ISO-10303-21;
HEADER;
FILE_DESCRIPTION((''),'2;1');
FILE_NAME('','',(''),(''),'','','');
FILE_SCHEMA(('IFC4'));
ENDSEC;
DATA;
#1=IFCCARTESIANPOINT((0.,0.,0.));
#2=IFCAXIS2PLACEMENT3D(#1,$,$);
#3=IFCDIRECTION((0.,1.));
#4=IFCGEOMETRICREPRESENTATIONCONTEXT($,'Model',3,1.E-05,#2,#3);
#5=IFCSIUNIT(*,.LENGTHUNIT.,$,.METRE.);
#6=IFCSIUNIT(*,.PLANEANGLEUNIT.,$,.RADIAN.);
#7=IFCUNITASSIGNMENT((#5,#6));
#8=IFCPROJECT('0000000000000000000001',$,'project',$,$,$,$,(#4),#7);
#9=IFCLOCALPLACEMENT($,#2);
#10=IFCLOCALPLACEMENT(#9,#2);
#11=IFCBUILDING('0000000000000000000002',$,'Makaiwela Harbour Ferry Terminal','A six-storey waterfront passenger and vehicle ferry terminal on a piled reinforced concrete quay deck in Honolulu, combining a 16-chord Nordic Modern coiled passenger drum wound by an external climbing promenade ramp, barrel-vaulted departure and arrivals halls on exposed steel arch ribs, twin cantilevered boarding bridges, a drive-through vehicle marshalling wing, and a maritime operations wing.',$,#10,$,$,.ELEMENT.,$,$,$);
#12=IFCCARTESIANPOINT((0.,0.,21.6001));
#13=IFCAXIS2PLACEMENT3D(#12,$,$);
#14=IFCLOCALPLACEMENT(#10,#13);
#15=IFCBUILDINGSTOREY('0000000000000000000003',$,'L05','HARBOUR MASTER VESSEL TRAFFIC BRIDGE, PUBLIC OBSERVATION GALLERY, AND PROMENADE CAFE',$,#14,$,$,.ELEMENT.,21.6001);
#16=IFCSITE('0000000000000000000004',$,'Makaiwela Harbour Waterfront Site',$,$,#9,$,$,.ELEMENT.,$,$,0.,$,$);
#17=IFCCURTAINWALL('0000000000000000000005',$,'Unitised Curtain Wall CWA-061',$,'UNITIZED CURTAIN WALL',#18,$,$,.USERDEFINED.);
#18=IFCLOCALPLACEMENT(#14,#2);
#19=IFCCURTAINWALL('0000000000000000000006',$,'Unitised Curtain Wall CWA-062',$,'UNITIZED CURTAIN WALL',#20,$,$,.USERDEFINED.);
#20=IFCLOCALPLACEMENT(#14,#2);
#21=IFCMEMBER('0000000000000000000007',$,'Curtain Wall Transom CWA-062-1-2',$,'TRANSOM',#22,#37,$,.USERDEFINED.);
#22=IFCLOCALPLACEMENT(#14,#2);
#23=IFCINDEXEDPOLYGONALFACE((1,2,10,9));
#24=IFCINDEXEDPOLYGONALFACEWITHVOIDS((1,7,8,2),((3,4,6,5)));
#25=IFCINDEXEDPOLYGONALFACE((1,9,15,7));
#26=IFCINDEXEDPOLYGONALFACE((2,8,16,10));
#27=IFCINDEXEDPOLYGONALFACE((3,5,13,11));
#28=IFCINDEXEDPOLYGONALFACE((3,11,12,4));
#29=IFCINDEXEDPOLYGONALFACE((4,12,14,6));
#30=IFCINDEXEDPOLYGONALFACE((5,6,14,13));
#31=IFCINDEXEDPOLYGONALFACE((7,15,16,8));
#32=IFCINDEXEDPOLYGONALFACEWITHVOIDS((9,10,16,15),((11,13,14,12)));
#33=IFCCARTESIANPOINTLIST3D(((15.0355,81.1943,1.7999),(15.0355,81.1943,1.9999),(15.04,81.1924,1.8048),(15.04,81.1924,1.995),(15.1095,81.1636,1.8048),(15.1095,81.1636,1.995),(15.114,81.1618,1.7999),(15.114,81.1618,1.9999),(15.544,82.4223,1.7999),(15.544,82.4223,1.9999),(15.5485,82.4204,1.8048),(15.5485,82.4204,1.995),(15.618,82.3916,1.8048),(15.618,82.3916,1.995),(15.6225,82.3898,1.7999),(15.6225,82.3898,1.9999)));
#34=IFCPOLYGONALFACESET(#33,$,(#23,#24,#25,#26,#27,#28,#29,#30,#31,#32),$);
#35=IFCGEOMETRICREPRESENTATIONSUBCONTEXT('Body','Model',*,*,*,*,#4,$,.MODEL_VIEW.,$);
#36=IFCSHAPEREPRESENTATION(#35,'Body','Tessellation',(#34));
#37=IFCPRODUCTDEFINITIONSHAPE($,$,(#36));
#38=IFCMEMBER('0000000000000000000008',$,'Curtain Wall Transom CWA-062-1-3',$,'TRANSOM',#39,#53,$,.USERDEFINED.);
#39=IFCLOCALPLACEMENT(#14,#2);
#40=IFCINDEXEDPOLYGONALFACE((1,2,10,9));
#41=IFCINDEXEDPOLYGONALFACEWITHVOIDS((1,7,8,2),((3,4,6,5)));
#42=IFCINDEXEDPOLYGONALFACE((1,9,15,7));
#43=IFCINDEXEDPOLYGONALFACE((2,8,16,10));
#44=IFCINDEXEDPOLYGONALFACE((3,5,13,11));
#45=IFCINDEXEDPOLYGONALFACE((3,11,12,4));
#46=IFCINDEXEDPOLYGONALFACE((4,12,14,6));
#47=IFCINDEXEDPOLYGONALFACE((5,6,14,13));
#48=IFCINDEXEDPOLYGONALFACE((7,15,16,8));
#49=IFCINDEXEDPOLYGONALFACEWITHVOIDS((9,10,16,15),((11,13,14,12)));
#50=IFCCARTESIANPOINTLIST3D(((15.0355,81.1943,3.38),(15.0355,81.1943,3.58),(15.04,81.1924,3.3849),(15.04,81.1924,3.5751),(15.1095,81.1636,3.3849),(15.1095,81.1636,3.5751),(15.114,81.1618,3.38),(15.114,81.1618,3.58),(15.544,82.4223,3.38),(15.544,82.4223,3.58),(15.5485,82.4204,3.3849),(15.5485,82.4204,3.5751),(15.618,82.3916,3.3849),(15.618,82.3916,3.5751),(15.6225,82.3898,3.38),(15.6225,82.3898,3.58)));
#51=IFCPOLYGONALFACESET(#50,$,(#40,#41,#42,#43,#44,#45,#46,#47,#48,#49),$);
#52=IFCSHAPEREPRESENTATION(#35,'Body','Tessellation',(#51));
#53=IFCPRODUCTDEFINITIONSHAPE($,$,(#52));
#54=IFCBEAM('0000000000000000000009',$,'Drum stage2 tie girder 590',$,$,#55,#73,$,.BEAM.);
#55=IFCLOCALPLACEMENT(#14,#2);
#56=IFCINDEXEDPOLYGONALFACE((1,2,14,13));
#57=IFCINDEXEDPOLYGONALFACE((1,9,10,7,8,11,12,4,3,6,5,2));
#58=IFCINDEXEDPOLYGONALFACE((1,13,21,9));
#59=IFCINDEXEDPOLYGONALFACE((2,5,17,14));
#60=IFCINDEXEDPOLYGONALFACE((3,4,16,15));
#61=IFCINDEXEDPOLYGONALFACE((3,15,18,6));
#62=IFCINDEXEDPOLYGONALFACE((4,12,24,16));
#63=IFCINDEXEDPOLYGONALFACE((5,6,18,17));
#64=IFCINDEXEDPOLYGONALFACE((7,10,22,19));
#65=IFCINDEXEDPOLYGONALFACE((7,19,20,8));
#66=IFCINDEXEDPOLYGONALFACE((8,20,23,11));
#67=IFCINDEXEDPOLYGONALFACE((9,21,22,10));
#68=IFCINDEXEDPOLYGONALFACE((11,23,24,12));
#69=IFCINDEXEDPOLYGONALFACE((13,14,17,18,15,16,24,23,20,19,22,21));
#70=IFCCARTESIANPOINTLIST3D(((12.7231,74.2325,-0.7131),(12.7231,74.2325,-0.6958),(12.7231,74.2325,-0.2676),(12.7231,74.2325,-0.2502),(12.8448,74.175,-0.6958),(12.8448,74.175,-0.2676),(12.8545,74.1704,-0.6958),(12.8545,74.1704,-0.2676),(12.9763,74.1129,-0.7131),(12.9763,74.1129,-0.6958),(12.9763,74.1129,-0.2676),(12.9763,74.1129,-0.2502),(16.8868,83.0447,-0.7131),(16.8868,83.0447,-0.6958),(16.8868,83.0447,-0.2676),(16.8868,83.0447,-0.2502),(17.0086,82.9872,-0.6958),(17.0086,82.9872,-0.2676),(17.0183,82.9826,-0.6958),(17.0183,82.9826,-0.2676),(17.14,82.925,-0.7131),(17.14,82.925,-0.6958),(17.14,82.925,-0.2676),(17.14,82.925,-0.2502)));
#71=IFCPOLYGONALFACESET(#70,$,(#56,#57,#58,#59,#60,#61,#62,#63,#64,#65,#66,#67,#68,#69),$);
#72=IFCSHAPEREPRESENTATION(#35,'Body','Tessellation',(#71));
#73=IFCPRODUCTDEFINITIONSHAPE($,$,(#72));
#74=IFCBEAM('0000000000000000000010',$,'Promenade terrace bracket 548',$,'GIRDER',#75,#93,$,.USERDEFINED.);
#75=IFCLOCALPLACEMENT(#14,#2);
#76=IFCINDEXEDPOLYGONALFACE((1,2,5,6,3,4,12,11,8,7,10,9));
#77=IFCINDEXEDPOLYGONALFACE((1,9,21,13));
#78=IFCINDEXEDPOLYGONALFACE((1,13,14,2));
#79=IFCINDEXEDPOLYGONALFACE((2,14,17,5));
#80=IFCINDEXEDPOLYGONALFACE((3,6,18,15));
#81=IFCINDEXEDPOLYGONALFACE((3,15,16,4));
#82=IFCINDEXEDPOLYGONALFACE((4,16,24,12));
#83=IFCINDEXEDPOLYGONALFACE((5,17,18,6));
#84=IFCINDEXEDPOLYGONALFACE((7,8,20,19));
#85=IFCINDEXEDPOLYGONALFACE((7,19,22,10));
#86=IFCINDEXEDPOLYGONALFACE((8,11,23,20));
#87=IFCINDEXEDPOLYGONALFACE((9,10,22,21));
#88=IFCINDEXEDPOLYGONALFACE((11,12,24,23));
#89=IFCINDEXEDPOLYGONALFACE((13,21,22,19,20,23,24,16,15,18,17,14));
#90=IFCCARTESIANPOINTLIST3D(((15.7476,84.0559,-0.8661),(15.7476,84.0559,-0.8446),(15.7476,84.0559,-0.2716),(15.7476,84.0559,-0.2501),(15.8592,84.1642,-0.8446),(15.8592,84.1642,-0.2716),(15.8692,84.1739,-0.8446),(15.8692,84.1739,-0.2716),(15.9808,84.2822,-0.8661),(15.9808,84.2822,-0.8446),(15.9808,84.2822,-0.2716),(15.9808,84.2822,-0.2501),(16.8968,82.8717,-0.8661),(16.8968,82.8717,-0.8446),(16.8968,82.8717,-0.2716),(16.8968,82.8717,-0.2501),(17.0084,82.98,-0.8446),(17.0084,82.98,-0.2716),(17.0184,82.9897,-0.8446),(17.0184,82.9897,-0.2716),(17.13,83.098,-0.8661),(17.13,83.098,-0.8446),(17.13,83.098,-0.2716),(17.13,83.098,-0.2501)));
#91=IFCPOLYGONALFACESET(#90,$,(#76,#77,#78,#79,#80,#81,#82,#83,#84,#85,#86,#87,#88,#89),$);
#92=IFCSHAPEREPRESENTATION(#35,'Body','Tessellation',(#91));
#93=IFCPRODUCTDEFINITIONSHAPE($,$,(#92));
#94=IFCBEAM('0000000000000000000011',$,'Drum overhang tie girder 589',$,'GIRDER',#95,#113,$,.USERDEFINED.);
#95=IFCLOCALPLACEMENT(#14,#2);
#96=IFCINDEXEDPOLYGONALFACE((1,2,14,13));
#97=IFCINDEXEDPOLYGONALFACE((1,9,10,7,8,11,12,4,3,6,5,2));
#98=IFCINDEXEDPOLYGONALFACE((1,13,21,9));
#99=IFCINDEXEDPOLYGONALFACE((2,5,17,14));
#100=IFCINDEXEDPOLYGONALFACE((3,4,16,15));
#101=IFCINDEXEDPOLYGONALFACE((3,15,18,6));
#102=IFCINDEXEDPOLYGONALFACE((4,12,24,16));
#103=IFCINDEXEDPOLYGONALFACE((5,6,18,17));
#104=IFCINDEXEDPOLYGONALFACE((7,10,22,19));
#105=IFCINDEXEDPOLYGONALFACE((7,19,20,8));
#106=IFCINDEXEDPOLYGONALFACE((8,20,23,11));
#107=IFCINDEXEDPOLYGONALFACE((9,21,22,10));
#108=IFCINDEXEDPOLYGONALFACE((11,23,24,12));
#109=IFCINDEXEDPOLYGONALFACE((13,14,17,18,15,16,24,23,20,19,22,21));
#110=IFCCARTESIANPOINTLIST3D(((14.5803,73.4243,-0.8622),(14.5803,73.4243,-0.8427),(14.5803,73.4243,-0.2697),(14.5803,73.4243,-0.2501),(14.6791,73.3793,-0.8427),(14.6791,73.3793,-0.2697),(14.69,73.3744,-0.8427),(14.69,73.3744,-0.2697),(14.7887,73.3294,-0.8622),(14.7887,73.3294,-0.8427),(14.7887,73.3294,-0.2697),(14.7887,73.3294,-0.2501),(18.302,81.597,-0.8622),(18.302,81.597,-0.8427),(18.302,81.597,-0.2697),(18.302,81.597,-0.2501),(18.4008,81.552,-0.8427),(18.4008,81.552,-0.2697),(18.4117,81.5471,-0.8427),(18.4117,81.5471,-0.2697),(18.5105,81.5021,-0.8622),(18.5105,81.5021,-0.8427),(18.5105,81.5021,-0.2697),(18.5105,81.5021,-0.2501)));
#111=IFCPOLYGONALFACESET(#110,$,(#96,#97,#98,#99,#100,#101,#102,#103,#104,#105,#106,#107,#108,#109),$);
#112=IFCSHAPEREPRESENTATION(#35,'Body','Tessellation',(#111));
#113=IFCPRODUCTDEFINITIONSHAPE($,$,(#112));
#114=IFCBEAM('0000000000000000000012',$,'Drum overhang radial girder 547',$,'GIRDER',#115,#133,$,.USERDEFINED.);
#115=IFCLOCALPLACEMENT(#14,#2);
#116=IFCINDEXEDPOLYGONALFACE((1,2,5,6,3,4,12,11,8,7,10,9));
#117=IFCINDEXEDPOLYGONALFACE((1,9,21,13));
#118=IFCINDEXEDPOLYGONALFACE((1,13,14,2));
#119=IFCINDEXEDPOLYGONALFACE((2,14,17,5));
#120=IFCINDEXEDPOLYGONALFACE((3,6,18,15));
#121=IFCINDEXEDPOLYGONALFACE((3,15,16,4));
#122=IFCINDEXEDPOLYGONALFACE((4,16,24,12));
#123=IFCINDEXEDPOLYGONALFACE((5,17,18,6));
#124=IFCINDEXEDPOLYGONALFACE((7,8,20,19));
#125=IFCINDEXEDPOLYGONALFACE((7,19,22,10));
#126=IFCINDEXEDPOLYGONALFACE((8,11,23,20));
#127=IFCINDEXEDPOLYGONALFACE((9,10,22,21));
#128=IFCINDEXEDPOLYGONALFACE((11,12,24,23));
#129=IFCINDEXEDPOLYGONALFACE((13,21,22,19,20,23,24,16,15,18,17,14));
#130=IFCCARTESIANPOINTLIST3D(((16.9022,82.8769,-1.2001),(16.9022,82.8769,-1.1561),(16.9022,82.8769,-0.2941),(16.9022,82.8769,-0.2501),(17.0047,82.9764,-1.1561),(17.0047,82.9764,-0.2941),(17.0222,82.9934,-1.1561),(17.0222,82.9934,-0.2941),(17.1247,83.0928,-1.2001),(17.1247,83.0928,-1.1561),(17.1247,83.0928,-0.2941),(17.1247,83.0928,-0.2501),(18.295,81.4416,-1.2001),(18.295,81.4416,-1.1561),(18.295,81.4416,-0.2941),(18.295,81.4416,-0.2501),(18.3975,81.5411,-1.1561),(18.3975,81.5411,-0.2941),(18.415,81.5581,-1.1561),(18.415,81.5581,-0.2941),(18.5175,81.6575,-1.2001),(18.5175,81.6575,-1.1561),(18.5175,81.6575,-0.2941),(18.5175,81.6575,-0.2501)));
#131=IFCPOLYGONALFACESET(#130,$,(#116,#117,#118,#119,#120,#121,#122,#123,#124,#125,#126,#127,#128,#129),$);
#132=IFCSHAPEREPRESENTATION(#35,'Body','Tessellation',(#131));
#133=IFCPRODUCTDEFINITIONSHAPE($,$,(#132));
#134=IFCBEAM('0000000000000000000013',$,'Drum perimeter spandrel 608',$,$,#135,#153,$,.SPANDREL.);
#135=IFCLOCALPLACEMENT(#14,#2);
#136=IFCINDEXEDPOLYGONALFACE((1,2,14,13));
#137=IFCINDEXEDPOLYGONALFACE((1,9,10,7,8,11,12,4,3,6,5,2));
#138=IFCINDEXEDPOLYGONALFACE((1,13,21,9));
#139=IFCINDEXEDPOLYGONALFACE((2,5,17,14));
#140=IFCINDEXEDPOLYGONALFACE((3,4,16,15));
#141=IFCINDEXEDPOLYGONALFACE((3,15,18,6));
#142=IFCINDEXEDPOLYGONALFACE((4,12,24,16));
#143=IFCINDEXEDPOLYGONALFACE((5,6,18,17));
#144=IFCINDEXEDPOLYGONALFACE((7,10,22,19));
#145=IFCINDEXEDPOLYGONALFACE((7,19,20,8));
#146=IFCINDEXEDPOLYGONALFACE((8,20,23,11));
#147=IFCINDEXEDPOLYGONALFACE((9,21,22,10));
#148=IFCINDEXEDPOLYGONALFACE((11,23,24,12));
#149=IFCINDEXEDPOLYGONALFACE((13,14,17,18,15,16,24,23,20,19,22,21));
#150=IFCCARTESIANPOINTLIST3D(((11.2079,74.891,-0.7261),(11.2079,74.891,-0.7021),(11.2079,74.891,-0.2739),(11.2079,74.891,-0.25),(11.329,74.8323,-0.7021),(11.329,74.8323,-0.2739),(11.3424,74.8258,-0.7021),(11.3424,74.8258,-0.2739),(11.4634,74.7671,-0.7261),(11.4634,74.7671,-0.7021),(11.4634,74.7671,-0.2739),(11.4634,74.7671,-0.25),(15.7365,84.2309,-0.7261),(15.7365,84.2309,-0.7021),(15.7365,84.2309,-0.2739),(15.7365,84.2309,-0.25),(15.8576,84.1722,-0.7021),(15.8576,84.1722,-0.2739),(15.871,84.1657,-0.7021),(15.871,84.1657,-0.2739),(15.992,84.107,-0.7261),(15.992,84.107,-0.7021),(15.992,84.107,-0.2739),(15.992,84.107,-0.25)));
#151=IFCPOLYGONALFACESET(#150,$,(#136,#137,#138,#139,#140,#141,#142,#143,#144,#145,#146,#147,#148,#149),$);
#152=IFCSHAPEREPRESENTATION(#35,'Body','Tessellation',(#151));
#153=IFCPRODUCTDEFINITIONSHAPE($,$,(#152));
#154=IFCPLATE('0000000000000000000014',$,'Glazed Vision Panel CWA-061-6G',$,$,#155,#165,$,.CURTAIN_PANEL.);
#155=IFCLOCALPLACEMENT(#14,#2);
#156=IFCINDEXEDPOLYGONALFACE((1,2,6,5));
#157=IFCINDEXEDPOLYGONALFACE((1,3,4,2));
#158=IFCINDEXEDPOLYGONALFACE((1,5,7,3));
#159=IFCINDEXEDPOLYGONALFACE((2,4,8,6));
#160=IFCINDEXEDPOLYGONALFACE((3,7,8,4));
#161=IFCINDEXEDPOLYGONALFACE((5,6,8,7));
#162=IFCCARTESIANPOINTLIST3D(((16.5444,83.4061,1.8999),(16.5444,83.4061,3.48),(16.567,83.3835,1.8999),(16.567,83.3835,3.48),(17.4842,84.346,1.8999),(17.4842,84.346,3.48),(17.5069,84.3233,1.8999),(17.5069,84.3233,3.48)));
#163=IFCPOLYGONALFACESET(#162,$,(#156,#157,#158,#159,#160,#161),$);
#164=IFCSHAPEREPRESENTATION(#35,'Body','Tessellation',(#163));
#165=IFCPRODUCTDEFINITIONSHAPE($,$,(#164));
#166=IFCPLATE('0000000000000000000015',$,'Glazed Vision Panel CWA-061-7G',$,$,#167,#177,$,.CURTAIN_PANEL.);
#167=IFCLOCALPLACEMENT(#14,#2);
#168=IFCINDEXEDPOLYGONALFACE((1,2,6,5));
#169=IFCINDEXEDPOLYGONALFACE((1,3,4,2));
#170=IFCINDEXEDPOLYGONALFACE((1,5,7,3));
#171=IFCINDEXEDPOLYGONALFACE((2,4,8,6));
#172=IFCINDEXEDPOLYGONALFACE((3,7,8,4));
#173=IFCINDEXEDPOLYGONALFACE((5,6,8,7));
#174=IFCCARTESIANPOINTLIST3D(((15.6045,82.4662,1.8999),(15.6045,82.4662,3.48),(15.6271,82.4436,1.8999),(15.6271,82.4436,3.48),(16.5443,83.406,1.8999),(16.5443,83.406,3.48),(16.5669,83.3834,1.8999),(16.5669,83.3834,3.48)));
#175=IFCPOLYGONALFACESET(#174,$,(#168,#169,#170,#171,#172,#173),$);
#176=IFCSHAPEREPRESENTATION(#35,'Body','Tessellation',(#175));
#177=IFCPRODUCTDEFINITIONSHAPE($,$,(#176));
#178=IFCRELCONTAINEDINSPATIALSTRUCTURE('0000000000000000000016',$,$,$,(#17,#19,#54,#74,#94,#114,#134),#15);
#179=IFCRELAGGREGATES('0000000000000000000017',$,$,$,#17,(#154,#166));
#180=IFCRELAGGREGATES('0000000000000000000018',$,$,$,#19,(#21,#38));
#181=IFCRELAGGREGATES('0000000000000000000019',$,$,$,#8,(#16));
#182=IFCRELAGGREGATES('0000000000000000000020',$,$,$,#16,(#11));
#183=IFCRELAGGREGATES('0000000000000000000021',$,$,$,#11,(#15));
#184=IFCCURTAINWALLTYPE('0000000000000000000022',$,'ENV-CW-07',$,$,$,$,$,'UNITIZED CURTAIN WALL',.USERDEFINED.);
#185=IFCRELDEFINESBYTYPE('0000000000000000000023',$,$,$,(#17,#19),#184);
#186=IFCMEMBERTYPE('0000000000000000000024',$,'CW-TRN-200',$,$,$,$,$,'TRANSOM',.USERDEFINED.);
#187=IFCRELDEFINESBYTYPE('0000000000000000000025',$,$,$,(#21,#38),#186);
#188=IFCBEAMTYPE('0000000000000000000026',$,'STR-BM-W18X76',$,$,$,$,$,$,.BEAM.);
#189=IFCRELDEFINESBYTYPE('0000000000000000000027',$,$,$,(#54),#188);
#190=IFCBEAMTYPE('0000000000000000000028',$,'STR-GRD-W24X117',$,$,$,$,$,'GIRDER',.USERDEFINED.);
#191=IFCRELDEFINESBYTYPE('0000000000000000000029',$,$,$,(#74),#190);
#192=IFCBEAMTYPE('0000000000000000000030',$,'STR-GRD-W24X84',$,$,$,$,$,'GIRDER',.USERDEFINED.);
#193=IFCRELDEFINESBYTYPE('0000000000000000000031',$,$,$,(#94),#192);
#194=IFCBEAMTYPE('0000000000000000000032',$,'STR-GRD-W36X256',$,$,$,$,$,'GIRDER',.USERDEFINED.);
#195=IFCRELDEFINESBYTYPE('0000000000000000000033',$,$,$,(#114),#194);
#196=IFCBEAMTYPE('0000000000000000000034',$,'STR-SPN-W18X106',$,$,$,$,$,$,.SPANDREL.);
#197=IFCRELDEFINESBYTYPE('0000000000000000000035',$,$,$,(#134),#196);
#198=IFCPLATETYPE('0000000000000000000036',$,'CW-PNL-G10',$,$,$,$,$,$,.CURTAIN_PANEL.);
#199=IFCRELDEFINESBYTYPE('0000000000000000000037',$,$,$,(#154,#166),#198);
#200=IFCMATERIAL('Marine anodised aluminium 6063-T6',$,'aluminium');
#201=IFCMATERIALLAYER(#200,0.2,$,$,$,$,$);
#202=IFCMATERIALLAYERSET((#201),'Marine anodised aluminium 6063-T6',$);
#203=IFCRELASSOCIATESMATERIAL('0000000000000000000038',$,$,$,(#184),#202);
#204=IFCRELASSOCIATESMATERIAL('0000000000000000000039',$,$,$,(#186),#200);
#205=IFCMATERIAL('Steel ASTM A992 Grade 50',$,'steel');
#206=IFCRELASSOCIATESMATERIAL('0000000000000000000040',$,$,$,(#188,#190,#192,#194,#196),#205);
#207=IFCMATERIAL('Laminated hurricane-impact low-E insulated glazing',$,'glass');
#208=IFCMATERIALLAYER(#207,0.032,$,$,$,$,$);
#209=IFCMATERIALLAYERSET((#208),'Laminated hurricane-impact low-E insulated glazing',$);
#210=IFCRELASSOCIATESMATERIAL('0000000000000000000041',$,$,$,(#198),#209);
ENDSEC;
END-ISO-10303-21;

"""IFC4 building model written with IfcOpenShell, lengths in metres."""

from ifc_helpers import new_model, si_unit, direction, frame, origin, origin_2d, place, context, subcontext, project, spatial, rectangle, hollow_rectangle, i_section, extrude, material, layer, layer_set, material_profile, profile_set, type_object, element, aggregate, save


model = new_model("IFC4")

# Units and contexts
model_context = context("Model", 3, precision=1e-05, world=origin(), true_north=direction((0.0, 1.0)))
body_context = subcontext(model_context, "Body", "Model", "MODEL_VIEW")
ifc_project = project(units=[si_unit("LENGTHUNIT", "METRE"), si_unit("PLANEANGLEUNIT", "RADIAN")], contexts=[model_context])

# Site, building, storey
site_placement = place(None, origin())
site = spatial("IfcSite", under=ifc_project, at=site_placement, Name="Makaiwela Harbour Waterfront Site", CompositionType="ELEMENT", RefElevation=0.0)
building_placement = place(site_placement, origin())
building = spatial("IfcBuilding", under=site, at=building_placement, Name="Makaiwela Harbour Ferry Terminal", Description="A six-storey waterfront passenger and vehicle ferry terminal on a piled reinforced concrete quay deck in Honolulu, combining a 16-chord Nordic Modern coiled passenger drum wound by an external climbing promenade ramp, barrel-vaulted departure and arrivals halls on exposed steel arch ribs, twin cantilevered boarding bridges, a drive-through vehicle marshalling wing, and a maritime operations wing.", CompositionType="ELEMENT")
storey_placement = place(building_placement, frame((0.0, 0.0, 21.6001)))
storey = spatial("IfcBuildingStorey", under=building, at=storey_placement, Name="L05", Description="HARBOUR MASTER VESSEL TRAFFIC BRIDGE, PUBLIC OBSERVATION GALLERY, AND PROMENADE CAFE", CompositionType="ELEMENT", Elevation=21.6001)

# Curtain wall
ifc_material_1 = material(Name="Marine anodised aluminium 6063-T6", Category="aluminium")
ifc_layer_1 = layer(ifc_material_1, 0.2)
ifc_layer_set_1 = layer_set([ifc_layer_1], Name="Marine anodised aluminium 6063-T6")
curtain_wall_type = type_object("IfcCurtainWallType", Name="ENV-CW-07", ElementType="UNITIZED CURTAIN WALL", PredefinedType="USERDEFINED", material=ifc_layer_set_1)
curtain_wall_1_placement = place(storey_placement, origin())
curtain_wall_1 = element("IfcCurtainWall", 1, at=curtain_wall_1_placement, inside=storey, type_object=curtain_wall_type, Name="Unitised Curtain Wall CWA-061", ObjectType="UNITIZED CURTAIN WALL", PredefinedType="USERDEFINED")

# Curtain wall
curtain_wall_2_placement = place(storey_placement, origin())
curtain_wall_2 = element("IfcCurtainWall", 2, at=curtain_wall_2_placement, inside=storey, type_object=curtain_wall_type, Name="Unitised Curtain Wall CWA-062", ObjectType="UNITIZED CURTAIN WALL", PredefinedType="USERDEFINED")

# Members
ifc_material_profile_1 = material_profile(ifc_material_1, hollow_rectangle(XDim=0.085, YDim=0.2, WallThickness=0.0049, at=origin_2d()), Name="CWT-200X85")
ifc_profile_set_1 = profile_set([ifc_material_profile_1], Name="Marine anodised aluminium 6063-T6")
member_type_1 = type_object("IfcMemberType", Name="CW-TRN-200", ElementType="TRANSOM", PredefinedType="USERDEFINED", material=ifc_profile_set_1)
member_1_placement = place(storey_placement, frame((15.5833, 82.406, 1.8999), z_axis=(-0.382606, -0.923912, 0.0), x_axis=(0.923912, -0.382606, 0.0)))
member_1 = element("IfcMember", 3, at=member_1_placement, type_object=member_type_1, Name="Curtain Wall Transom CWA-062-1-2", ObjectType="TRANSOM", PredefinedType="USERDEFINED", context=body_context, shape_type="SweptSolid", body=[
    extrude(hollow_rectangle(XDim=0.085, YDim=0.2, WallThickness=0.0049, at=origin_2d()), origin(), (0.0, 0.0, 1.0), 1.3291),
])
member_2_placement = place(storey_placement, frame((15.5833, 82.406, 3.48), z_axis=(-0.382606, -0.923912, 0.0), x_axis=(0.923912, -0.382606, 0.0)))
member_2 = element("IfcMember", 4, at=member_2_placement, type_object=member_type_1, Name="Curtain Wall Transom CWA-062-1-3", ObjectType="TRANSOM", PredefinedType="USERDEFINED", context=body_context, shape_type="SweptSolid", body=[
    extrude(hollow_rectangle(XDim=0.085, YDim=0.2, WallThickness=0.0049, at=origin_2d()), origin(), (0.0, 0.0, 1.0), 1.3291),
])

# Beams
ifc_material_2 = material(Name="Steel ASTM A992 Grade 50", Category="steel")
ifc_material_profile_2 = material_profile(ifc_material_2, i_section(OverallWidth=0.28, OverallDepth=0.4629, WebThickness=0.0107, FlangeThickness=0.0173, at=origin_2d()), Name="W18X76")
ifc_profile_set_2 = profile_set([ifc_material_profile_2], Name="Steel ASTM A992 Grade 50")
beam_type_1 = type_object("IfcBeamType", Name="STR-BM-W18X76", PredefinedType="BEAM", material=ifc_profile_set_2)
beam_1_placement = place(storey_placement, frame((17.0134, 82.9849, -0.4817), z_axis=(-0.427214, -0.904151, 0.0), x_axis=(0.904151, -0.427214, 0.0)))
element("IfcBeam", 5, at=beam_1_placement, inside=storey, type_object=beam_type_1, Name="Drum stage2 tie girder 590", PredefinedType="BEAM", context=body_context, shape_type="SweptSolid", body=[
    extrude(i_section(OverallWidth=0.28, OverallDepth=0.4629, WebThickness=0.0107, FlangeThickness=0.0173, at=origin_2d()), origin(), (0.0, 0.0, 1.0), 9.7463),
])
ifc_material_profile_3 = material_profile(ifc_material_2, i_section(OverallWidth=0.325, OverallDepth=0.616, WebThickness=0.0139, FlangeThickness=0.0215, at=origin_2d()), Name="W24X117")
ifc_profile_set_3 = profile_set([ifc_material_profile_3], Name="Steel ASTM A992 Grade 50")
beam_type_2 = type_object("IfcBeamType", Name="STR-GRD-W24X117", ElementType="GIRDER", PredefinedType="USERDEFINED", material=ifc_profile_set_3)
beam_2_placement = place(storey_placement, frame((17.0134, 82.9849, -0.5581), z_axis=(-0.696448, 0.717607, 0.0), x_axis=(-0.717607, -0.696448, 0.0)))
element("IfcBeam", 6, at=beam_2_placement, inside=storey, type_object=beam_type_2, Name="Promenade terrace bracket 548", ObjectType="GIRDER", PredefinedType="USERDEFINED", context=body_context, shape_type="SweptSolid", body=[
    extrude(i_section(OverallWidth=0.325, OverallDepth=0.616, WebThickness=0.0139, FlangeThickness=0.0215, at=origin_2d()), origin(), (0.0, 0.0, 1.0), 1.6501),
])
ifc_material_profile_4 = material_profile(ifc_material_2, i_section(OverallWidth=0.229, OverallDepth=0.6121, WebThickness=0.012, FlangeThickness=0.0195, at=origin_2d()), Name="W24X84")
ifc_profile_set_4 = profile_set([ifc_material_profile_4], Name="Steel ASTM A992 Grade 50")
beam_type_3 = type_object("IfcBeamType", Name="STR-GRD-W24X84", ElementType="GIRDER", PredefinedType="USERDEFINED", material=ifc_profile_set_4)
beam_3_placement = place(storey_placement, frame((18.4062, 81.5496, -0.5562), z_axis=(-0.414436, -0.910079, 0.0), x_axis=(0.910079, -0.414436, 0.0)))
element("IfcBeam", 7, at=beam_3_placement, inside=storey, type_object=beam_type_3, Name="Drum overhang tie girder 589", ObjectType="GIRDER", PredefinedType="USERDEFINED", context=body_context, shape_type="SweptSolid", body=[
    extrude(i_section(OverallWidth=0.229, OverallDepth=0.6121, WebThickness=0.012, FlangeThickness=0.0195, at=origin_2d()), origin(), (0.0, 0.0, 1.0), 8.9802),
])
ifc_material_profile_5 = material_profile(ifc_material_2, i_section(OverallWidth=0.3101, OverallDepth=0.95, WebThickness=0.0244, FlangeThickness=0.0439, at=origin_2d()), Name="W36X256")
ifc_profile_set_5 = profile_set([ifc_material_profile_5], Name="Steel ASTM A992 Grade 50")
beam_type_4 = type_object("IfcBeamType", Name="STR-GRD-W36X256", ElementType="GIRDER", PredefinedType="USERDEFINED", material=ifc_profile_set_5)
beam_4_placement = place(storey_placement, frame((18.4062, 81.5496, -0.7251), z_axis=(-0.696407, 0.717647, 0.0), x_axis=(-0.717647, -0.696407, 0.0)))
element("IfcBeam", 8, at=beam_4_placement, inside=storey, type_object=beam_type_4, Name="Drum overhang radial girder 547", ObjectType="GIRDER", PredefinedType="USERDEFINED", context=body_context, shape_type="SweptSolid", body=[
    extrude(i_section(OverallWidth=0.3101, OverallDepth=0.95, WebThickness=0.0244, FlangeThickness=0.0439, at=origin_2d()), origin(), (0.0, 0.0, 1.0), 2.0),
])
ifc_material_profile_6 = material_profile(ifc_material_2, i_section(OverallWidth=0.2839, OverallDepth=0.4761, WebThickness=0.0149, FlangeThickness=0.0239, at=origin_2d()), Name="W18X106")
ifc_profile_set_6 = profile_set([ifc_material_profile_6], Name="Steel ASTM A992 Grade 50")
beam_type_5 = type_object("IfcBeamType", Name="STR-SPN-W18X106", PredefinedType="SPANDREL", material=ifc_profile_set_6)
beam_5_placement = place(storey_placement, frame((15.8643, 84.1689, -0.488), z_axis=(-0.436286, -0.899808, 0.0), x_axis=(0.899808, -0.436286, 0.0)))
element("IfcBeam", 9, at=beam_5_placement, inside=storey, type_object=beam_type_5, Name="Drum perimeter spandrel 608", PredefinedType="SPANDREL", context=body_context, shape_type="SweptSolid", body=[
    extrude(i_section(OverallWidth=0.2839, OverallDepth=0.4761, WebThickness=0.0149, FlangeThickness=0.0239, at=origin_2d()), origin(), (0.0, 0.0, 1.0), 10.3799),
])

# Plates
ifc_material_3 = material(Name="Laminated hurricane-impact low-E insulated glazing", Category="glass")
ifc_layer_2 = layer(ifc_material_3, 0.032)
ifc_layer_set_2 = layer_set([ifc_layer_2], Name="Laminated hurricane-impact low-E insulated glazing")
plate_type_1 = type_object("IfcPlateType", Name="CW-PNL-G10", PredefinedType="CURTAIN_PANEL", material=ifc_layer_set_2)
plate_1_placement = place(storey_placement, frame((17.0256, 83.8647, 1.8999), z_axis=(0.0, 0.0, 1.0), x_axis=(-0.707107, -0.707107, 0.0)))
plate_1 = element("IfcPlate", 10, at=plate_1_placement, type_object=plate_type_1, Name="Glazed Vision Panel CWA-061-6G", PredefinedType="CURTAIN_PANEL", context=body_context, shape_type="SweptSolid", body=[
    extrude(rectangle(XDim=1.3291, YDim=0.032, at=origin_2d()), origin(), (0.0, 0.0, 1.0), 1.5801),
])
plate_2_placement = place(storey_placement, frame((16.0857, 82.9248, 1.8999), z_axis=(0.0, 0.0, 1.0), x_axis=(-0.707107, -0.707107, 0.0)))
plate_2 = element("IfcPlate", 11, at=plate_2_placement, type_object=plate_type_1, Name="Glazed Vision Panel CWA-061-7G", PredefinedType="CURTAIN_PANEL", context=body_context, shape_type="SweptSolid", body=[
    extrude(rectangle(XDim=1.3291, YDim=0.032, at=origin_2d()), origin(), (0.0, 0.0, 1.0), 1.5801),
])
aggregate(curtain_wall_1, [plate_1, plate_2])
aggregate(curtain_wall_2, [member_1, member_2])

save(model, "model.ifc")
